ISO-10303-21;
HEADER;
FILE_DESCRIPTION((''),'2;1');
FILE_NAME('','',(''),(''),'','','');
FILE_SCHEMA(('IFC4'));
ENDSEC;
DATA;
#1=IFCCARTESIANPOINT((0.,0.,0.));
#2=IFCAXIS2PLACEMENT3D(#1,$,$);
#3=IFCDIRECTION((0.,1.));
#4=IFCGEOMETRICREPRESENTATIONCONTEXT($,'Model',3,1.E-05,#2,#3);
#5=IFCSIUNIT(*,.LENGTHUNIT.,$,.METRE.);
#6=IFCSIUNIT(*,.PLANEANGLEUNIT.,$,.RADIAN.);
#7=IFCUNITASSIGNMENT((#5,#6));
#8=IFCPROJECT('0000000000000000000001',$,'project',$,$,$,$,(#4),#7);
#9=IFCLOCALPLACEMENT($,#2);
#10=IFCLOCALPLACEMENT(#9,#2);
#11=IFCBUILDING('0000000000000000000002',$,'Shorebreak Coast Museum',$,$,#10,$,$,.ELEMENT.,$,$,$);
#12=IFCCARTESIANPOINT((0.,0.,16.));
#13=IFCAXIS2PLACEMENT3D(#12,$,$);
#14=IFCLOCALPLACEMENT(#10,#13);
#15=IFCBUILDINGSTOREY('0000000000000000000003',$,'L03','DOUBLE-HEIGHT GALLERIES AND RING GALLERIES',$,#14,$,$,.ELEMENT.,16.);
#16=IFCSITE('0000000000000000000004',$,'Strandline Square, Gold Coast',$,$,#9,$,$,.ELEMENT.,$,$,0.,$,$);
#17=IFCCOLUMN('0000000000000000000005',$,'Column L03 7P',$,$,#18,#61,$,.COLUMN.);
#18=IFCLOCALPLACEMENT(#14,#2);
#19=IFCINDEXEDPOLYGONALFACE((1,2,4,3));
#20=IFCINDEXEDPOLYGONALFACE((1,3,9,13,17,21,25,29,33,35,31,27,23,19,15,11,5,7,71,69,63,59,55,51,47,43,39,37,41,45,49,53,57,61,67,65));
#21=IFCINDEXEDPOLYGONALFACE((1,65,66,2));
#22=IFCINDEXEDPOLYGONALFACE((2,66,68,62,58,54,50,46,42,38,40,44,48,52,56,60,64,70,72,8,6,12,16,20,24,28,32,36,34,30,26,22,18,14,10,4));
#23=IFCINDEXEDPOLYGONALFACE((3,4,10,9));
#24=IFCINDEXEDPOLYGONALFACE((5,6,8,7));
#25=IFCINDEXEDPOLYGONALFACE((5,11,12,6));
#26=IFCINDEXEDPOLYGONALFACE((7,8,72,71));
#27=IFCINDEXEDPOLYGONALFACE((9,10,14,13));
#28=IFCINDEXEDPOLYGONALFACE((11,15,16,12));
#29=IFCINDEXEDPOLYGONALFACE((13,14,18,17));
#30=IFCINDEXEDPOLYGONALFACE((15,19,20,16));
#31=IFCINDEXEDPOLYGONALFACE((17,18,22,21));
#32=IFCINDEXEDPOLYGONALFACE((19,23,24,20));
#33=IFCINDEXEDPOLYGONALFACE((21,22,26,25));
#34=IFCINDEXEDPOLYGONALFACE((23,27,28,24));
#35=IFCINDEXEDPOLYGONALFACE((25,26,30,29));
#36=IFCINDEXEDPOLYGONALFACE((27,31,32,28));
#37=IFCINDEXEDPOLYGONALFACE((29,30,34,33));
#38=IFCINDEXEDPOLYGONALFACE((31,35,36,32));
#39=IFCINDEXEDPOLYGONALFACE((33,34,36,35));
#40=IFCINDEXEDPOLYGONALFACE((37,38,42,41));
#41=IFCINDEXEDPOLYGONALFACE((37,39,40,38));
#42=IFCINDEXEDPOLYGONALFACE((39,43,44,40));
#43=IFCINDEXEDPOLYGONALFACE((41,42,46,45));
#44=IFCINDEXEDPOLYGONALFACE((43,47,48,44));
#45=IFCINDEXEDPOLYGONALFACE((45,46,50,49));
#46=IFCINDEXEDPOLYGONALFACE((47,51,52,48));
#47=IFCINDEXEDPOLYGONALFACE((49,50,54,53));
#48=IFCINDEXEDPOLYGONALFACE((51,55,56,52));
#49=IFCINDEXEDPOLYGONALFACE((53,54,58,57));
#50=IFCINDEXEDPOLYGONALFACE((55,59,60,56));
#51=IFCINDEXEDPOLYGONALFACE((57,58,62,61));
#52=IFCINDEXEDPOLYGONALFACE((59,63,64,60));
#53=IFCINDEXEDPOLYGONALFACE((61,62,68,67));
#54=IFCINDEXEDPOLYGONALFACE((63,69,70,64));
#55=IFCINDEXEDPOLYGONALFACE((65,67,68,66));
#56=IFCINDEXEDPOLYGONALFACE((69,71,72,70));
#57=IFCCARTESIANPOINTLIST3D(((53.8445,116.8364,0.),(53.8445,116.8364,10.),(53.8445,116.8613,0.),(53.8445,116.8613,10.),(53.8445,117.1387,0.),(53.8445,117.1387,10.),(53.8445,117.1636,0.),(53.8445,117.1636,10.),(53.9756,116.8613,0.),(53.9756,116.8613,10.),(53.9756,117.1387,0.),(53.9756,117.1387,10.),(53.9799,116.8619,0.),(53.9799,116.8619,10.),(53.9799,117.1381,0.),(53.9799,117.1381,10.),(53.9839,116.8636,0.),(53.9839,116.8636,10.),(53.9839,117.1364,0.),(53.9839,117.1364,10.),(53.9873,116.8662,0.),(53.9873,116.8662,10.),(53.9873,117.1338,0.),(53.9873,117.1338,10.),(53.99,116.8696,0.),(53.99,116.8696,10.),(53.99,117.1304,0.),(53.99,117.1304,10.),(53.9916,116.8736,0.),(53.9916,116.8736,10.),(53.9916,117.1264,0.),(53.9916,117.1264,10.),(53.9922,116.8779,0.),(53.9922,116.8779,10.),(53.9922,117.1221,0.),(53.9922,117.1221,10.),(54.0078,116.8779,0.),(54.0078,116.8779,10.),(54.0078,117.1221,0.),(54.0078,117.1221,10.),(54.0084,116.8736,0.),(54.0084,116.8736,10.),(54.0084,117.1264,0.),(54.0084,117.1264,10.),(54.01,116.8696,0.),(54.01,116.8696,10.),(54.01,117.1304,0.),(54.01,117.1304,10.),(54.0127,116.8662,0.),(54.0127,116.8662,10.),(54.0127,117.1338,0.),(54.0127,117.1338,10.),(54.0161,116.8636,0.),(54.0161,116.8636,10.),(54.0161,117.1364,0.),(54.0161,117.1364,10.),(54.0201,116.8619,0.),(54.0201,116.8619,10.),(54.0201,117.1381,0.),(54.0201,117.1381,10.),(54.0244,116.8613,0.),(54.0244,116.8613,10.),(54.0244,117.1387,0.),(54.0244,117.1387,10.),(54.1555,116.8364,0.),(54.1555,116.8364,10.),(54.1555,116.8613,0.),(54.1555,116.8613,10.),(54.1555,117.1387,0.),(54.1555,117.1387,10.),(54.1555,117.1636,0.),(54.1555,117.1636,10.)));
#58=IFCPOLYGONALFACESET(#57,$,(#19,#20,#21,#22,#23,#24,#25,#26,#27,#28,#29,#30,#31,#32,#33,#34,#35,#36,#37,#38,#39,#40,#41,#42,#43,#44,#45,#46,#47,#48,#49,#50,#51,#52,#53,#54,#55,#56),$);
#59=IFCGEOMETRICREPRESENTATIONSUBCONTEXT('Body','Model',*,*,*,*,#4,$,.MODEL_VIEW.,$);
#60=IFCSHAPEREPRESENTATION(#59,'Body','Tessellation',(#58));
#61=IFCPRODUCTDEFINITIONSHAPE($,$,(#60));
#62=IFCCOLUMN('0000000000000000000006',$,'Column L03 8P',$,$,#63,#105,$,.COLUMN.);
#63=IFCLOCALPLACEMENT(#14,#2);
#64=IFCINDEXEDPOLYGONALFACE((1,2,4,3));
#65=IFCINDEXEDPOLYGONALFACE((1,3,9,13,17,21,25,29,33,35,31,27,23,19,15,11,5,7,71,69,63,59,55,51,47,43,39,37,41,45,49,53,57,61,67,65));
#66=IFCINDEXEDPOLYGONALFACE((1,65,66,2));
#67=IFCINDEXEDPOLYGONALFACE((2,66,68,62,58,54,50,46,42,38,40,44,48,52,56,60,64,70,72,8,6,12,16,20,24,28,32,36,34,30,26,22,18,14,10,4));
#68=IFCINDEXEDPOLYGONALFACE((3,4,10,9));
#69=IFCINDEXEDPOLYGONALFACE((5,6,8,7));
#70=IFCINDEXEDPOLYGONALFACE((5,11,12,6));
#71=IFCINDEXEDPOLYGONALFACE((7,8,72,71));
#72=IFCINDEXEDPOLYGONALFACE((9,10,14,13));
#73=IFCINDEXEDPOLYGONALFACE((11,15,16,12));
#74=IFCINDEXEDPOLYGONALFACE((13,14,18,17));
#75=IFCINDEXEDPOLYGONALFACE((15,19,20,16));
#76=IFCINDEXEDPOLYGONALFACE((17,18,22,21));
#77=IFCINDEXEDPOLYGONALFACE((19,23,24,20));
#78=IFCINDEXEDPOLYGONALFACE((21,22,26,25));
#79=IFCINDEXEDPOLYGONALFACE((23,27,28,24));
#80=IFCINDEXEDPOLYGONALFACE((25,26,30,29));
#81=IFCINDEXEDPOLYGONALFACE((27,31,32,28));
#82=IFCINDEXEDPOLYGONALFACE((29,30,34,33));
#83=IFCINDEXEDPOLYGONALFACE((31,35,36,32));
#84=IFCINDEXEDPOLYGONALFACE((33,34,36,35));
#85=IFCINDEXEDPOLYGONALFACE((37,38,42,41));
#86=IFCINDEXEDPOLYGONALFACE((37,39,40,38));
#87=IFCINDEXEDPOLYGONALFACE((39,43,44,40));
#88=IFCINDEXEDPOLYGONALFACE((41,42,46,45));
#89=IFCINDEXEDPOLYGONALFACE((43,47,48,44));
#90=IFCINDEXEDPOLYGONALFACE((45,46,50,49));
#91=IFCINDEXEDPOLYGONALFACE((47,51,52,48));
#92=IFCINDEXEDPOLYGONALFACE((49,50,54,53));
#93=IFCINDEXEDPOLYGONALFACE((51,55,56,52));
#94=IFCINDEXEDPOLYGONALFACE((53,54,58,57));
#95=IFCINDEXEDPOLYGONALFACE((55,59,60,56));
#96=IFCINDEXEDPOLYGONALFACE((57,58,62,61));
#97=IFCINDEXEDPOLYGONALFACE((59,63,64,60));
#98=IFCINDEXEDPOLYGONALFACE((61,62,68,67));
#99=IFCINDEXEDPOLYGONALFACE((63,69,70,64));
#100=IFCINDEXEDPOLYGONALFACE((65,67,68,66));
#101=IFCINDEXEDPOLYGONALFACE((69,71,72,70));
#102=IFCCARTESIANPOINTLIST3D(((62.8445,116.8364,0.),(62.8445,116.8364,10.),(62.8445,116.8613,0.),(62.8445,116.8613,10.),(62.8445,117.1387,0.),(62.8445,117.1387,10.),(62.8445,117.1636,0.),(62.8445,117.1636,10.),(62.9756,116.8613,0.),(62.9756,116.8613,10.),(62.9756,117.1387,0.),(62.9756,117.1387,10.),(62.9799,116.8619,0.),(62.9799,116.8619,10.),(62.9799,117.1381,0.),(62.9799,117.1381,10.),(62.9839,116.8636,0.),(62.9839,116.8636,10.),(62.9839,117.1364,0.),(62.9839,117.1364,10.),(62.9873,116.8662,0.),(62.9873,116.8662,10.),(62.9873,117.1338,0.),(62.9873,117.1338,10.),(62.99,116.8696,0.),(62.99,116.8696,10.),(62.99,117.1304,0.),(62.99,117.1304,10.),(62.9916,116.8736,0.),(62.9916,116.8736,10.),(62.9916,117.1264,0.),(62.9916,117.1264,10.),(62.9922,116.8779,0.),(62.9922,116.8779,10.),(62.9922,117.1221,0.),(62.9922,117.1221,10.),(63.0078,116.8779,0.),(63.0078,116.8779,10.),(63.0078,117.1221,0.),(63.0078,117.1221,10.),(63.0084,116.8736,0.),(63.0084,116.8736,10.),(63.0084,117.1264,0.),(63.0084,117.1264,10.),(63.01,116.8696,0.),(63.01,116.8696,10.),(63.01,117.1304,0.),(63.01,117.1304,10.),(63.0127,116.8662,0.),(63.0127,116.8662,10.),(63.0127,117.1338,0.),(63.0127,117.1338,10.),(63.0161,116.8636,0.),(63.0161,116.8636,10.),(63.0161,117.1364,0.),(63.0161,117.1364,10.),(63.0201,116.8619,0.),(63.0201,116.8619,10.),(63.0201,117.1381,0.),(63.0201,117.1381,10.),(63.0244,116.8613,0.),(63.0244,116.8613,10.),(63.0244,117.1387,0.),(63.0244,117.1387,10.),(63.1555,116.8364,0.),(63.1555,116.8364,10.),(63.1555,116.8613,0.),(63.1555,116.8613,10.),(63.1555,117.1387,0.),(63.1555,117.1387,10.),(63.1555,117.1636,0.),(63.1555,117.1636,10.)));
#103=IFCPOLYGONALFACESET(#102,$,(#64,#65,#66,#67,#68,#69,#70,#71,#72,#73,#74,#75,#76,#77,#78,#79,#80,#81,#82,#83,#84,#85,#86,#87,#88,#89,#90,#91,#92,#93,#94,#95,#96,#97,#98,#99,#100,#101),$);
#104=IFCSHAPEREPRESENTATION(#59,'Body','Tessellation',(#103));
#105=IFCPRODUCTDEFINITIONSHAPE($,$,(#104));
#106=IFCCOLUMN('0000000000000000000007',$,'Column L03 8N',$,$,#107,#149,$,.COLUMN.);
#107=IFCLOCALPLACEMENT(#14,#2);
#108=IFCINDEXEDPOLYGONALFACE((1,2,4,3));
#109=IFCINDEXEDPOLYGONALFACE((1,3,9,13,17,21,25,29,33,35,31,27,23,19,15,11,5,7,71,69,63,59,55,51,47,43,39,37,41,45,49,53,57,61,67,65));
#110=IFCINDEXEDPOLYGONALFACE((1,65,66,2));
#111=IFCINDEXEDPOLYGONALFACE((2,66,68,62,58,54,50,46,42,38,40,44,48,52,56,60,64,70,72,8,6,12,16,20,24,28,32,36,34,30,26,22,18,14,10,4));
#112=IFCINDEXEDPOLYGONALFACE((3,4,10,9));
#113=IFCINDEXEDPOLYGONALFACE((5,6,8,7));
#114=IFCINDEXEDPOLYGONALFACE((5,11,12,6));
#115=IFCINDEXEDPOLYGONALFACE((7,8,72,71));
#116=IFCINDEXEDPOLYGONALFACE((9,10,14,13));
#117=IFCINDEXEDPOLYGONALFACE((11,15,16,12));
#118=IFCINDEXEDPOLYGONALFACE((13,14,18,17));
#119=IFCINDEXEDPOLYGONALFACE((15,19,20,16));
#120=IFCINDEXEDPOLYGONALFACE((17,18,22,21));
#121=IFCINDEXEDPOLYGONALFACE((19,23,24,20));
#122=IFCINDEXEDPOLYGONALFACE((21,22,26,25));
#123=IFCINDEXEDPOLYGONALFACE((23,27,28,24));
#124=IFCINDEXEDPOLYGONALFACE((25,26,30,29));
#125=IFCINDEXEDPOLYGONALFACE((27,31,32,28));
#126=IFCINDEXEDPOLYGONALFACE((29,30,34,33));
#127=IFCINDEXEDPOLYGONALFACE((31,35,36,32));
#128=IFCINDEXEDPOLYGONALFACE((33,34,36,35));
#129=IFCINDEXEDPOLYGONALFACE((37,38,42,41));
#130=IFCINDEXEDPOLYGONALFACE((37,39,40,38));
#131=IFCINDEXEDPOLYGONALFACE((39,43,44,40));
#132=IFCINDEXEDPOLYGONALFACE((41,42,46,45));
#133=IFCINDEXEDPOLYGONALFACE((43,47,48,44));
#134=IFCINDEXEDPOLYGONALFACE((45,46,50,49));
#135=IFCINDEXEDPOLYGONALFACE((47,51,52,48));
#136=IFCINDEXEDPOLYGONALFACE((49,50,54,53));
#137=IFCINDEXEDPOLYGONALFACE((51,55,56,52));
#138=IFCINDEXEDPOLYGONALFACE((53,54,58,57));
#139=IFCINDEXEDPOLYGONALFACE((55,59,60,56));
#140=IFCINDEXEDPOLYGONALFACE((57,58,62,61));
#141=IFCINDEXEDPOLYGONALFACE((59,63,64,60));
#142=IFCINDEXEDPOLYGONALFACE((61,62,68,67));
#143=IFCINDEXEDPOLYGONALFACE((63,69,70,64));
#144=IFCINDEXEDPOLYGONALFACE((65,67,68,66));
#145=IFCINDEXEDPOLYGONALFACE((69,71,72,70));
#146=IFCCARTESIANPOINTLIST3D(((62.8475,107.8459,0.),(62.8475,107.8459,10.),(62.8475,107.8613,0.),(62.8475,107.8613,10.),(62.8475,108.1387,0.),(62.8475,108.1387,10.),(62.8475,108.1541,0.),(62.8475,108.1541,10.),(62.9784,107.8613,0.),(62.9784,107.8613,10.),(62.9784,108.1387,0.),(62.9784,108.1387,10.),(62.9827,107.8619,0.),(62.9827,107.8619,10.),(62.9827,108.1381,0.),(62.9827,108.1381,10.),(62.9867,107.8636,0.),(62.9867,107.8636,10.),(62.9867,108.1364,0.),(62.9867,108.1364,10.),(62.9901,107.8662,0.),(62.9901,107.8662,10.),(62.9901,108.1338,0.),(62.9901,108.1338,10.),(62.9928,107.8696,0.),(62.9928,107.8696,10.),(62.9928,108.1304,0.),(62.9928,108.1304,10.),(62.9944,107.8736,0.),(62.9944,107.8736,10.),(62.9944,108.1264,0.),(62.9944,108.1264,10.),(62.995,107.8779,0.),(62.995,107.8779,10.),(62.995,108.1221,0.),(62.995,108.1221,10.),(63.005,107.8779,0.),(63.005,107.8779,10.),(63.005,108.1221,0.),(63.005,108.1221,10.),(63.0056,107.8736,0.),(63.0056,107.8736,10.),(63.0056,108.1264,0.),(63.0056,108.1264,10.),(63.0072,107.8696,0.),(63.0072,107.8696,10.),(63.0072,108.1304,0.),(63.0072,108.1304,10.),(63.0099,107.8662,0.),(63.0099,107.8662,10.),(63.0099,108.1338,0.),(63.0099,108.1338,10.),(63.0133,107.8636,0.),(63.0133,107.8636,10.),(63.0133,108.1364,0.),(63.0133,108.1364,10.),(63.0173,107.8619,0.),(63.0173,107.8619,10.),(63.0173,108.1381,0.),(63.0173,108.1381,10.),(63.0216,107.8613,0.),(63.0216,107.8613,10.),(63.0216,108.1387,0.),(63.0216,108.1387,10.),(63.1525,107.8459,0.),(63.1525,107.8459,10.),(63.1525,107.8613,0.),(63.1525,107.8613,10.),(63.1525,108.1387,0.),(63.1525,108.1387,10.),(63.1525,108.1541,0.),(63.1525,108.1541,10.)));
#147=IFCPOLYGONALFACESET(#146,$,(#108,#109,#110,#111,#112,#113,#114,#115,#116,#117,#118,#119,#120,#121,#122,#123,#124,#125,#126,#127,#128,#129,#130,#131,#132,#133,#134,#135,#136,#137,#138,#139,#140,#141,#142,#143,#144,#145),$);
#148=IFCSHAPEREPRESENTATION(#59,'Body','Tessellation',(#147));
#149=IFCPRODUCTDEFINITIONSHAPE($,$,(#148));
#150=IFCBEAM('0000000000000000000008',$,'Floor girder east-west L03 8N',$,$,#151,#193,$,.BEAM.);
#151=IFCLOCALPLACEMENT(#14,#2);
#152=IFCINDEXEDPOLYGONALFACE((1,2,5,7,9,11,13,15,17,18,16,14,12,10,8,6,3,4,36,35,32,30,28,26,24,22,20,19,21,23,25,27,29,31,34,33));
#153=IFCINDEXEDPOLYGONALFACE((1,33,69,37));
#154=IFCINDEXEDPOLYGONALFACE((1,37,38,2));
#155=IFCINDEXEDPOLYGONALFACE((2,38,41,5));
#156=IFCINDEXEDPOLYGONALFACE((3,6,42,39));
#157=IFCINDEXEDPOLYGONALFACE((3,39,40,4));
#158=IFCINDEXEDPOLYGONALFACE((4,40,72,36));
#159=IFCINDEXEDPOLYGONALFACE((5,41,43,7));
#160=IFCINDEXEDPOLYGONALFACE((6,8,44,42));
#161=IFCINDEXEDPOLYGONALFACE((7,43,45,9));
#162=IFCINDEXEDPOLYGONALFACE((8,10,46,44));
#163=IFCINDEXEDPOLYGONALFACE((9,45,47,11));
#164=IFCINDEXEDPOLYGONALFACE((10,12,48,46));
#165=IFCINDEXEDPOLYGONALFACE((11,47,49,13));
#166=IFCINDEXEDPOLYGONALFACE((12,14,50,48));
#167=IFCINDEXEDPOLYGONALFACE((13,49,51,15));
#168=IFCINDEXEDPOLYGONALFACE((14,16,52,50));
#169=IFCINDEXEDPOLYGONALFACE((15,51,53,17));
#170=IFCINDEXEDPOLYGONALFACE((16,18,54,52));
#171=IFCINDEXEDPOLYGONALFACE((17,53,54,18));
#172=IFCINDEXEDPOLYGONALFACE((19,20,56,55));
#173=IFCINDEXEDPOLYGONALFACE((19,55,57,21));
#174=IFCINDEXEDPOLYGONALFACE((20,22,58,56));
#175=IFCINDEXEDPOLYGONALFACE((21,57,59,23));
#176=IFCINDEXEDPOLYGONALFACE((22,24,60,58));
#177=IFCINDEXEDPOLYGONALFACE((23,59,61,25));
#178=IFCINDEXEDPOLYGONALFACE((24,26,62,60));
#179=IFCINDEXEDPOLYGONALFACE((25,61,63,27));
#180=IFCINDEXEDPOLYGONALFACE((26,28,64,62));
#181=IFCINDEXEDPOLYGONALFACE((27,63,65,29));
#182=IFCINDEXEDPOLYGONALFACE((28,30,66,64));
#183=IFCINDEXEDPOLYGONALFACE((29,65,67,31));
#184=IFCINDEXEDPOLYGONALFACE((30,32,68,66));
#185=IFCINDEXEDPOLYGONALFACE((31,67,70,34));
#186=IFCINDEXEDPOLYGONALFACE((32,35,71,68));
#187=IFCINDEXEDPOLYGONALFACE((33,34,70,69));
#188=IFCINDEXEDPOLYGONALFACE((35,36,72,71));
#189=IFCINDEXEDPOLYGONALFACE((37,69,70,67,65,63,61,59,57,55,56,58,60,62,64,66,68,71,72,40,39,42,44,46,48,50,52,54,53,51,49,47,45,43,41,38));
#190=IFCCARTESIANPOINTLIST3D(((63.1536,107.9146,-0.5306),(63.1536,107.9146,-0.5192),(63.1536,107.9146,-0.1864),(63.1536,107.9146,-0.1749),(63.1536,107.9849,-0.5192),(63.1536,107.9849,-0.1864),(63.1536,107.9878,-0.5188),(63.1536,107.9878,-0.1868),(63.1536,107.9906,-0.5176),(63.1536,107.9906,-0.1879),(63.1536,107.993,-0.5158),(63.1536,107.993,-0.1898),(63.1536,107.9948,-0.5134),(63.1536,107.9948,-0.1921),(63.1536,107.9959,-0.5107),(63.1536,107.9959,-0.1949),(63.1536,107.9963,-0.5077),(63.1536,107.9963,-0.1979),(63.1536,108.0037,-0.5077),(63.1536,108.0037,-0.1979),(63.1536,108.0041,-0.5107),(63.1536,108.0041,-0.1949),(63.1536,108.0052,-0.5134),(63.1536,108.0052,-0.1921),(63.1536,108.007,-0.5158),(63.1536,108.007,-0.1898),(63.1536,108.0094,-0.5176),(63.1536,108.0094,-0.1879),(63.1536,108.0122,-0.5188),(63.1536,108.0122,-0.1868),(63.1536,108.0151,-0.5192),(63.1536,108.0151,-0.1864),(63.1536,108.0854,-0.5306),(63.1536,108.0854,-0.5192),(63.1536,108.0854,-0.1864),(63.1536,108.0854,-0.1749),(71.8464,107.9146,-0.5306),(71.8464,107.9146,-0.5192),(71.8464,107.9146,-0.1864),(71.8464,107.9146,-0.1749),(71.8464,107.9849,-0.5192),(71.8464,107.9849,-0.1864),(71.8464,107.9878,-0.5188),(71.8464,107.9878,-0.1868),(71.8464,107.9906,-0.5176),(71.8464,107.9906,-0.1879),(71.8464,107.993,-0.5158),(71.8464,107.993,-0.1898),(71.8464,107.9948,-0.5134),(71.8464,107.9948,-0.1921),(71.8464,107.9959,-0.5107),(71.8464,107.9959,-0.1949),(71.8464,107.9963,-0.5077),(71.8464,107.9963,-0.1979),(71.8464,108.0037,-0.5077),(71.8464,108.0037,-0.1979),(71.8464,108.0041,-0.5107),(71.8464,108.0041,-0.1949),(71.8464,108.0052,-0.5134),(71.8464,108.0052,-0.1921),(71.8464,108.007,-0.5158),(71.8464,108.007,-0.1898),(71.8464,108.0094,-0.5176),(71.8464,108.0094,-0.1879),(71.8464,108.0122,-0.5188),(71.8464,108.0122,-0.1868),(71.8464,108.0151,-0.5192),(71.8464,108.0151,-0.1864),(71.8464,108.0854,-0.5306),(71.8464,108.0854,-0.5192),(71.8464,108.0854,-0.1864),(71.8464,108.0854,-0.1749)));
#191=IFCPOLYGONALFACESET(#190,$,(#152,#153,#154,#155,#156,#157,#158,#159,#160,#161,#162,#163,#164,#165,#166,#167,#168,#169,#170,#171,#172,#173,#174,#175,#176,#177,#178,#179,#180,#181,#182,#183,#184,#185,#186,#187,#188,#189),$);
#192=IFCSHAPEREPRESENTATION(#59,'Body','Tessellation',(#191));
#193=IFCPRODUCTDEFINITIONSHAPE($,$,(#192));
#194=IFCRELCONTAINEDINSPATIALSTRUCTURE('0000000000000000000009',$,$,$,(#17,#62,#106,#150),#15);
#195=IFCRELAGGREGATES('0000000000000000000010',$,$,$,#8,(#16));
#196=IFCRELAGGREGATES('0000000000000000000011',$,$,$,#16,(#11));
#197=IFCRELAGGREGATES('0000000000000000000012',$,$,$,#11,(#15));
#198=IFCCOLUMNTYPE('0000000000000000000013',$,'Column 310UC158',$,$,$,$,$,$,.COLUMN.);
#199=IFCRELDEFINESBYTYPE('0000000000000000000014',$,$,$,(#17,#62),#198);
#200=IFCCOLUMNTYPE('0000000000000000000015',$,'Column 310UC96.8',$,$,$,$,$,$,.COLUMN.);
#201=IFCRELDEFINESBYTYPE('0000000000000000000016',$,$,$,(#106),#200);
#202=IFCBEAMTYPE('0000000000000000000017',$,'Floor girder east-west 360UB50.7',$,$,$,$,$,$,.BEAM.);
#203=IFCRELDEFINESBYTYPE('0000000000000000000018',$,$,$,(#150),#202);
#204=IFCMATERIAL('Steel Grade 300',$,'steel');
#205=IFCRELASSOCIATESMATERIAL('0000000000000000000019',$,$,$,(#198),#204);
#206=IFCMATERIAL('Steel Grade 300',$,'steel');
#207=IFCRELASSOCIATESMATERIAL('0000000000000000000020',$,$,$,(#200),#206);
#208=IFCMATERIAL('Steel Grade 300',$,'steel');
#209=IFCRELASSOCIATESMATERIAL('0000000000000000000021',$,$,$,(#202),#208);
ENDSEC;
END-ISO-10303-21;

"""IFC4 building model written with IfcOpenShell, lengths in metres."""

from ifc_helpers import new_model, si_unit, direction, frame, origin, origin_2d, place, context, subcontext, project, spatial, i_section, extrude, material, material_profile, profile_set, type_object, element, save


model = new_model("IFC4")

# Units and contexts
model_context = context("Model", 3, precision=1e-05, world=origin(), true_north=direction((0.0, 1.0)))
body_context = subcontext(model_context, "Body", "Model", "MODEL_VIEW")
ifc_project = project(units=[si_unit("LENGTHUNIT", "METRE"), si_unit("PLANEANGLEUNIT", "RADIAN")], contexts=[model_context])

# Site, building, storey
site_placement = place(None, origin())
site = spatial("IfcSite", under=ifc_project, at=site_placement, Name="Strandline Square, Gold Coast", CompositionType="ELEMENT", RefElevation=0.0)
building_placement = place(site_placement, origin())
building = spatial("IfcBuilding", under=site, at=building_placement, Name="Shorebreak Coast Museum", CompositionType="ELEMENT")
storey_placement = place(building_placement, frame((0.0, 0.0, 16.0)))
storey = spatial("IfcBuildingStorey", under=building, at=storey_placement, Name="L03", Description="DOUBLE-HEIGHT GALLERIES AND RING GALLERIES", CompositionType="ELEMENT", Elevation=16.0)

# Columns
ifc_material_1 = material(Name="Steel Grade 300", Category="steel")
ifc_material_profile_1 = material_profile(ifc_material_1, i_section(OverallWidth=0.311, OverallDepth=0.3271, WebThickness=0.0156, FlangeThickness=0.0249, FilletRadius=0.0166, at=origin_2d()), Name="310UC158")
ifc_profile_set_1 = profile_set([ifc_material_profile_1], Name="Steel Grade 300")
column_type_1 = type_object("IfcColumnType", Name="Column 310UC158", PredefinedType="COLUMN", material=ifc_profile_set_1)
for number, where, z_axis, x_axis, name in (
    (1, (54.0, 117.0, 0.0), (0.0, 0.0, 1.0), (1.0, 0.0, 0.0), "Column L03 7P"),
    (2, (63.0, 117.0, 0.0), (0.0, 0.0, 1.0), (1.0, 0.0, 0.0), "Column L03 8P"),
):
    element("IfcColumn", number, at=place(storey_placement, frame(where, z_axis=z_axis, x_axis=x_axis)), inside=storey, type_object=column_type_1, Name=name, PredefinedType="COLUMN", context=body_context, shape_type="SweptSolid", body=[
        extrude(i_section(OverallWidth=0.311, OverallDepth=0.3271, WebThickness=0.0156, FlangeThickness=0.0249, FilletRadius=0.0166, at=origin_2d()), origin(), (0.0, 0.0, 1.0), 10.0),
    ])
ifc_material_2 = material(Name="Steel Grade 300", Category="steel")
ifc_material_profile_2 = material_profile(ifc_material_2, i_section(OverallWidth=0.3049, OverallDepth=0.3081, WebThickness=0.01, FlangeThickness=0.0154, FilletRadius=0.0166, at=origin_2d()), Name="310UC96.8")
ifc_profile_set_2 = profile_set([ifc_material_profile_2], Name="Steel Grade 300")
column_type_2 = type_object("IfcColumnType", Name="Column 310UC96.8", PredefinedType="COLUMN", material=ifc_profile_set_2)
column_placement = place(storey_placement, frame((63.0, 108.0, 0.0), z_axis=(0.0, 0.0, 1.0), x_axis=(1.0, 0.0, 0.0)))
element("IfcColumn", 3, at=column_placement, inside=storey, type_object=column_type_2, Name="Column L03 8N", PredefinedType="COLUMN", context=body_context, shape_type="SweptSolid", body=[
    extrude(i_section(OverallWidth=0.3049, OverallDepth=0.3081, WebThickness=0.01, FlangeThickness=0.0154, FilletRadius=0.0166, at=origin_2d()), origin(), (0.0, 0.0, 1.0), 10.0),
])

# Beam
ifc_material_3 = material(Name="Steel Grade 300", Category="steel")
ifc_material_profile_3 = material_profile(ifc_material_3, i_section(OverallWidth=0.1709, OverallDepth=0.3557, WebThickness=0.0073, FlangeThickness=0.0115, FilletRadius=0.0115, at=origin_2d()), Name="360UB50.7")
ifc_profile_set_3 = profile_set([ifc_material_profile_3], Name="Steel Grade 300")
beam_type_1 = type_object("IfcBeamType", Name="Floor girder east-west 360UB50.7", PredefinedType="BEAM", material=ifc_profile_set_3)
beam_placement = place(storey_placement, frame((63.1536, 108.0, -0.3528), z_axis=(1.0, 0.0, 0.0), x_axis=(0.0, 1.0, 0.0)))
element("IfcBeam", 4, at=beam_placement, inside=storey, type_object=beam_type_1, Name="Floor girder east-west L03 8N", PredefinedType="BEAM", context=body_context, shape_type="SweptSolid", body=[
    extrude(i_section(OverallWidth=0.1709, OverallDepth=0.3557, WebThickness=0.0073, FlangeThickness=0.0115, FilletRadius=0.0115, at=origin_2d()), origin(), (0.0, 0.0, 1.0), 8.6929),
])

save(model, "model.ifc")
